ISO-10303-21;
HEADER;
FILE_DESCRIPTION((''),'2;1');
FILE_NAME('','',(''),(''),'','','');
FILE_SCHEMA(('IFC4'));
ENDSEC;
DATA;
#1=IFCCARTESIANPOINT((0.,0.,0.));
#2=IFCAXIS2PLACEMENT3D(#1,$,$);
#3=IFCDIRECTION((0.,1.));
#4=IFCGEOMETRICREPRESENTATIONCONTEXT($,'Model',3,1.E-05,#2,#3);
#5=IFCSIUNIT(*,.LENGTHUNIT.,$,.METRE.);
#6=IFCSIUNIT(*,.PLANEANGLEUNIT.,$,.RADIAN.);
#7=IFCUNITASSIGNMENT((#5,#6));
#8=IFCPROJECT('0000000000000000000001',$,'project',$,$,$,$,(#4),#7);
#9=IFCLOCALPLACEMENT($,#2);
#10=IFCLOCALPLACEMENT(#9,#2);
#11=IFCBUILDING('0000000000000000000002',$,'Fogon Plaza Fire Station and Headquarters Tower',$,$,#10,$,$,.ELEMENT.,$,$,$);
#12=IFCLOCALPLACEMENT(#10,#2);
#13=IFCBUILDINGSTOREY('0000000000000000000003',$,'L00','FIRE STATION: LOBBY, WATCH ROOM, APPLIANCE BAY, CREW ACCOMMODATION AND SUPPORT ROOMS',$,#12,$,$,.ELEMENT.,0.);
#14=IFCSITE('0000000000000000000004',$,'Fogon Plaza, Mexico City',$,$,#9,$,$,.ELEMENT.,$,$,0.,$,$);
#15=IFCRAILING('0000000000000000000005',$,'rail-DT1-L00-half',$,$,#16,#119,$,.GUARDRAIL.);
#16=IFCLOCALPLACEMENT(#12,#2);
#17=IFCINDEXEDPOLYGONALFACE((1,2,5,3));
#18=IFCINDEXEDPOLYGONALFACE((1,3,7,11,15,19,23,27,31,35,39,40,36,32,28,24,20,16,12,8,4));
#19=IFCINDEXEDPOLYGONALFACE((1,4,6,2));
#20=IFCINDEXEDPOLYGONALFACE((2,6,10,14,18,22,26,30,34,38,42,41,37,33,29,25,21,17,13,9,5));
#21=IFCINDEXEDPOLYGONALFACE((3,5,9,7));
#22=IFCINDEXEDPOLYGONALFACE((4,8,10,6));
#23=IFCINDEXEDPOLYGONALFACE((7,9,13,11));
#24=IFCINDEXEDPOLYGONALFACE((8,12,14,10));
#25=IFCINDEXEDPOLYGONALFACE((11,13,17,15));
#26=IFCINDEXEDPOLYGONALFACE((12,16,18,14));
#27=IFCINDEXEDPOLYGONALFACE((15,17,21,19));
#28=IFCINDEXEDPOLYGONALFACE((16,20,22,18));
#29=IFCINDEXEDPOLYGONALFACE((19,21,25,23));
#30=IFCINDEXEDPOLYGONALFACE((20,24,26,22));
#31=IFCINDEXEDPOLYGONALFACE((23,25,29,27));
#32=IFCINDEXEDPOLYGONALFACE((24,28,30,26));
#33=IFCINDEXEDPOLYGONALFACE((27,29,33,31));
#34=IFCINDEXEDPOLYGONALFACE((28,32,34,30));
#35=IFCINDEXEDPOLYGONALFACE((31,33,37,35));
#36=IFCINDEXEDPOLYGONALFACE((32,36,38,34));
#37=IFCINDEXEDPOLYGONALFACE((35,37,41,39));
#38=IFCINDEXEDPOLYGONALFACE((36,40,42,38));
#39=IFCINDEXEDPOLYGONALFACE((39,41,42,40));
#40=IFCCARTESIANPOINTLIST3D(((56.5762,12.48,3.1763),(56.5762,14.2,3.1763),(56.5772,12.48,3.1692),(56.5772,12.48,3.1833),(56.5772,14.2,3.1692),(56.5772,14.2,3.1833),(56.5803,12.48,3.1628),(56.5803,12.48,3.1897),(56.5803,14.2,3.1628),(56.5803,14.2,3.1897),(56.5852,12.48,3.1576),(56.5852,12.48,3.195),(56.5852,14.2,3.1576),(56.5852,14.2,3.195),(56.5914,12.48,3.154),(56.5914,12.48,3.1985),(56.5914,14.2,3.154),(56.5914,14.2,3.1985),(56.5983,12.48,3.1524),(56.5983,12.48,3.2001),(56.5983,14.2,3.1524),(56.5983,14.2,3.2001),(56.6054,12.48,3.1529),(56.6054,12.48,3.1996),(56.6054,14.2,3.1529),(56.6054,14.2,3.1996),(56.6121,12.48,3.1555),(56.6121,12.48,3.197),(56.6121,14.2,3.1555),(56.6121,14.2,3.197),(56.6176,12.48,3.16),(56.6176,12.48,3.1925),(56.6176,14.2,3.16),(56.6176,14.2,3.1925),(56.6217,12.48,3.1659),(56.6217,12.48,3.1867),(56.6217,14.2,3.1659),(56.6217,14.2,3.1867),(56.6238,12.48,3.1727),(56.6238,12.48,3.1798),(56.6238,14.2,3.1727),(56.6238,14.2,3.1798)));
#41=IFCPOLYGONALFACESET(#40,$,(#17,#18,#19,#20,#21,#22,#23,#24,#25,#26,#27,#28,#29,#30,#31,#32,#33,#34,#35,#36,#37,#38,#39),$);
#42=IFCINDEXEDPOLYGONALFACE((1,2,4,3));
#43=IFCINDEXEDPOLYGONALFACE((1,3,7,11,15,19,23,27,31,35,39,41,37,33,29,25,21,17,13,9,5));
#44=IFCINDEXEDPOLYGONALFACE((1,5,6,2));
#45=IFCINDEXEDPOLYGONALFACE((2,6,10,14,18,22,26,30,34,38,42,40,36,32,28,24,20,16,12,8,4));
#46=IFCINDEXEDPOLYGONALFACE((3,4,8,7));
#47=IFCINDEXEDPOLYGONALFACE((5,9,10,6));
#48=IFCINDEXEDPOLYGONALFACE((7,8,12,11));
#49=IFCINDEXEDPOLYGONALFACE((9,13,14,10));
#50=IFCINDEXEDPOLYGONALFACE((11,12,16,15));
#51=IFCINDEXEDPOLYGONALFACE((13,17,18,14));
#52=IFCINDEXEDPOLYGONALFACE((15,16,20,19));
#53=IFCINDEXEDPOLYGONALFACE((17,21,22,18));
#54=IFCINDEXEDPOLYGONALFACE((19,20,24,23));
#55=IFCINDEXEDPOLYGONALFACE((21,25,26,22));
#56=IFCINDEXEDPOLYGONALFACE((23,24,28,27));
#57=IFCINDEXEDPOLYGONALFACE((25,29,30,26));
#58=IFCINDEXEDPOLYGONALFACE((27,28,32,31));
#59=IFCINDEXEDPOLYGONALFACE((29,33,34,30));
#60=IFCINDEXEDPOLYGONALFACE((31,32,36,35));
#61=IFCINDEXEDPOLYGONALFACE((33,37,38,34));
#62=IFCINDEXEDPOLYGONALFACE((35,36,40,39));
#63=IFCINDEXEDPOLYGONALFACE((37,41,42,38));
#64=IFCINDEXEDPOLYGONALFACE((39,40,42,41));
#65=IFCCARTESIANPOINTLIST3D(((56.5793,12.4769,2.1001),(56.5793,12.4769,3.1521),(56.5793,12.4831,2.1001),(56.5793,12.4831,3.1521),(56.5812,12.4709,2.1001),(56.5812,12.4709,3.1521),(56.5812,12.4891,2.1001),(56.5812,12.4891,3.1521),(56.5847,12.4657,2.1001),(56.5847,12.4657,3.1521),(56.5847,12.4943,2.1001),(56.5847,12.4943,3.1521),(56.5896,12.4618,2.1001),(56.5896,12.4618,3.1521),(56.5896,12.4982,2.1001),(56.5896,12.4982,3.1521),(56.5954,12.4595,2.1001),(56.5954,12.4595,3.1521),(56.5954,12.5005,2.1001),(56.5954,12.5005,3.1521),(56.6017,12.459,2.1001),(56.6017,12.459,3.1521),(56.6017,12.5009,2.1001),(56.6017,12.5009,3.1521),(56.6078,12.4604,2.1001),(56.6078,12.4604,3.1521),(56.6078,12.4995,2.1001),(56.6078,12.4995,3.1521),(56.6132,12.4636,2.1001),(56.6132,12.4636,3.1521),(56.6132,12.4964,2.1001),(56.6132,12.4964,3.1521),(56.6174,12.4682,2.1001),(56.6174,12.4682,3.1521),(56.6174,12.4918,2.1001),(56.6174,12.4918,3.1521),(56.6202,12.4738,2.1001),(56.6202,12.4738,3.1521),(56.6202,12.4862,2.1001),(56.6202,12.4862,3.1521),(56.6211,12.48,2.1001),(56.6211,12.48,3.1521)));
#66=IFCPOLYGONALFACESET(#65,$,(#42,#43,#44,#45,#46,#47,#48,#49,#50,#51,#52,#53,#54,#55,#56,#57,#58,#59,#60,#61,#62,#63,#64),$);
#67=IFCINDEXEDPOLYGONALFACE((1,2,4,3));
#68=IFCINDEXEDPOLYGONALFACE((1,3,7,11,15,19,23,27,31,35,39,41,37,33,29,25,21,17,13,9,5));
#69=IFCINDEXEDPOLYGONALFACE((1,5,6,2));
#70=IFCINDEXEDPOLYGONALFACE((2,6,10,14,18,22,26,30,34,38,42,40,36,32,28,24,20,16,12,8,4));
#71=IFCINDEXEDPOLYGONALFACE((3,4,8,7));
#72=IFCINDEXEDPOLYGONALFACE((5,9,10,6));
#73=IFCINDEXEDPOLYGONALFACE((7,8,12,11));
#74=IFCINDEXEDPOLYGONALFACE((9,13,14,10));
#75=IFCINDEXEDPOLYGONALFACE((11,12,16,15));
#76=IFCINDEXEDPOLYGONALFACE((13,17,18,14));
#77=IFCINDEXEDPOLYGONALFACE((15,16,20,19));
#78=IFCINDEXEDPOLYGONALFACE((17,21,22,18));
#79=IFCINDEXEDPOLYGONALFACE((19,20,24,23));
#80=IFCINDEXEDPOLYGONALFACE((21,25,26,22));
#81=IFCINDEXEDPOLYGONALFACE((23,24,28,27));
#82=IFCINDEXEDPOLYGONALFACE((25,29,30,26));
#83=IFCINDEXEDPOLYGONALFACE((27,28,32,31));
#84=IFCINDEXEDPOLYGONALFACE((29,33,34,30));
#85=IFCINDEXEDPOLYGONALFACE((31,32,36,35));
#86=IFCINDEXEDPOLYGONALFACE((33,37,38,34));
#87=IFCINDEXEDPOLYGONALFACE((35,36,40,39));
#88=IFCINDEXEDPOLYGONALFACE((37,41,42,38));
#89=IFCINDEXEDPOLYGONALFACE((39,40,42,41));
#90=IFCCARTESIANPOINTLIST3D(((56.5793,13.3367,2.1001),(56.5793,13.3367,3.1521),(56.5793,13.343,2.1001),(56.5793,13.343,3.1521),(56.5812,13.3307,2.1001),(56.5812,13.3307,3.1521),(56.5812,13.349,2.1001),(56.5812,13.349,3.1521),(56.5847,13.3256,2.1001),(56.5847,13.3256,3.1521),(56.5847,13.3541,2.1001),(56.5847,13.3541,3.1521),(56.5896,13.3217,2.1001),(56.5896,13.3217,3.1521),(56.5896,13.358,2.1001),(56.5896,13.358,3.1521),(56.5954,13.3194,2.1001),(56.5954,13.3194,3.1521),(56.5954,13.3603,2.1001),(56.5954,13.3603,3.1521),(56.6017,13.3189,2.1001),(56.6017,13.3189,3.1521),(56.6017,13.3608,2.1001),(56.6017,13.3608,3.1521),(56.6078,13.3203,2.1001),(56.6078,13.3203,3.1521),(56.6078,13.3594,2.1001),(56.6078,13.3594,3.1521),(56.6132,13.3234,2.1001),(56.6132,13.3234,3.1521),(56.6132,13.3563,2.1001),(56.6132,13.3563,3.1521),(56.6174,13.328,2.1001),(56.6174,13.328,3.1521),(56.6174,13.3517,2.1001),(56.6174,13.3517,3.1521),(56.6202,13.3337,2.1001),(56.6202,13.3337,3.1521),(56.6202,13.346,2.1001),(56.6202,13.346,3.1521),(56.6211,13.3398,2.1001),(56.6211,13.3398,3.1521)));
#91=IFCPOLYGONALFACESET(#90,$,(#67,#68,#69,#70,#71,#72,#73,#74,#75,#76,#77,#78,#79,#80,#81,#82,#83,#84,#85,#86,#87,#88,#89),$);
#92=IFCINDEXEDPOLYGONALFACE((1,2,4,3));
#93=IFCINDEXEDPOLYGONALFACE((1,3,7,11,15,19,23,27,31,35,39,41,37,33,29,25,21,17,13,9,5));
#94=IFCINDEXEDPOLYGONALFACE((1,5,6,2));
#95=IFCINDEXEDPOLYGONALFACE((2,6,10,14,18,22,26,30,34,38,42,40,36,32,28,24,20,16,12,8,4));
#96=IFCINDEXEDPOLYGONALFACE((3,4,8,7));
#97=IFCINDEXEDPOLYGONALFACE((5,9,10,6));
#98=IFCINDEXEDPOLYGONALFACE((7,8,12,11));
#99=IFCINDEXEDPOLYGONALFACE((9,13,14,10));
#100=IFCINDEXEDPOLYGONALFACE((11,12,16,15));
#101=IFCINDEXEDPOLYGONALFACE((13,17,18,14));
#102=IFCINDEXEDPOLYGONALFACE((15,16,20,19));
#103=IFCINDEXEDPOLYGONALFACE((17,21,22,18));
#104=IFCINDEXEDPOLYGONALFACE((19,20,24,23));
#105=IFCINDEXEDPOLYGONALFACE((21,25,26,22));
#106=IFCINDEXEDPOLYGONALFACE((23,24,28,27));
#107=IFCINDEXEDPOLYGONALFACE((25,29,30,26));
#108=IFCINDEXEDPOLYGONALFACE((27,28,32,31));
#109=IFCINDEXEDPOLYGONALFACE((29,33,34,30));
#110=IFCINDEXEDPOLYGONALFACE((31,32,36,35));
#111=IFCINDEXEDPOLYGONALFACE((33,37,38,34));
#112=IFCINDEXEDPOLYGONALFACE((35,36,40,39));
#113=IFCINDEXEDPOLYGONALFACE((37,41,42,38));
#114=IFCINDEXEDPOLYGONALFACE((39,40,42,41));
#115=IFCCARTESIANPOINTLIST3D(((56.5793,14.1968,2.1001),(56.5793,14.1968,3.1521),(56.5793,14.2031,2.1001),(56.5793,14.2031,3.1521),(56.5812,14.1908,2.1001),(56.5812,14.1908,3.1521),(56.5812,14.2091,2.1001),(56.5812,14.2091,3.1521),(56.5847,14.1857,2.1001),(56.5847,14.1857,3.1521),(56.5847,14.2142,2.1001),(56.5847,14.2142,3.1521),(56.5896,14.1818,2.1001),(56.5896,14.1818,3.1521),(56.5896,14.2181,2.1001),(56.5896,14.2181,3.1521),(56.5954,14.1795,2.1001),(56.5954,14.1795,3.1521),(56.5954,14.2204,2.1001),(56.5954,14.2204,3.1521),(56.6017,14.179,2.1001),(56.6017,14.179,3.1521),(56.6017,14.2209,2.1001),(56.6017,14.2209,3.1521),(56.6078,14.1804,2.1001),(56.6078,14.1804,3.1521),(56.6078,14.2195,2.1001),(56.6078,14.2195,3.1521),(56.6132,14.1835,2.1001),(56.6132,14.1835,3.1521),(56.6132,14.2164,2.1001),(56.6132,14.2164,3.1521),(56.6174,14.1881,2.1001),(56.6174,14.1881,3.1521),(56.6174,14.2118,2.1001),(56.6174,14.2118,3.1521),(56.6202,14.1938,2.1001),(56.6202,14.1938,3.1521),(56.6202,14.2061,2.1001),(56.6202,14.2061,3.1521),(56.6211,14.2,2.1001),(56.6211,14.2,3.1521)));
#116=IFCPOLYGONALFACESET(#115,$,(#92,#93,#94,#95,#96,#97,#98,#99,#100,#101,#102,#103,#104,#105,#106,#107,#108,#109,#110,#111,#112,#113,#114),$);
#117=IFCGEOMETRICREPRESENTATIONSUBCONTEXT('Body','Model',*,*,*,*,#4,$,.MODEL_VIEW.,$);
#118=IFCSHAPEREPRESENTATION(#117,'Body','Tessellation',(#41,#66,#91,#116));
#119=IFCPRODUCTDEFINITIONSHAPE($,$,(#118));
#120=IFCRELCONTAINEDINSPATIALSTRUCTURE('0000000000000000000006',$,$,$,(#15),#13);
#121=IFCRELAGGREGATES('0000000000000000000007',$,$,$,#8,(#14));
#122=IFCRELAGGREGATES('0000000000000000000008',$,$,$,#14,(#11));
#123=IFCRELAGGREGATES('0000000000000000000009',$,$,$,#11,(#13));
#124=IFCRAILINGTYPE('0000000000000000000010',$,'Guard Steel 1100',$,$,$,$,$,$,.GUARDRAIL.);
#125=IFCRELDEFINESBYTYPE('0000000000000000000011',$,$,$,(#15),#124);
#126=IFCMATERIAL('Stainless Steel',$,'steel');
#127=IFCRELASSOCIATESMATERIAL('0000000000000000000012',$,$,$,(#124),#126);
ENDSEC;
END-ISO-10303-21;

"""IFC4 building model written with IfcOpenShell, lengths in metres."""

from ifc_helpers import new_model, si_unit, direction, frame, origin, origin_2d, place, context, subcontext, project, spatial, circle, extrude, material, type_object, element, save


model = new_model("IFC4")

# Units and contexts
model_context = context("Model", 3, precision=1e-05, world=origin(), true_north=direction((0.0, 1.0)))
body_context = subcontext(model_context, "Body", "Model", "MODEL_VIEW")
ifc_project = project(units=[si_unit("LENGTHUNIT", "METRE"), si_unit("PLANEANGLEUNIT", "RADIAN")], contexts=[model_context])

# Site, building, storey
site_placement = place(None, origin())
site = spatial("IfcSite", under=ifc_project, at=site_placement, Name="Fogon Plaza, Mexico City", CompositionType="ELEMENT", RefElevation=0.0)
building_placement = place(site_placement, origin())
building = spatial("IfcBuilding", under=site, at=building_placement, Name="Fogon Plaza Fire Station and Headquarters Tower", CompositionType="ELEMENT")
storey_placement = place(building_placement, origin())
storey = spatial("IfcBuildingStorey", under=building, at=storey_placement, Name="L00", Description="FIRE STATION: LOBBY, WATCH ROOM, APPLIANCE BAY, CREW ACCOMMODATION AND SUPPORT ROOMS", CompositionType="ELEMENT", Elevation=0.0)

# Railing
ifc_material_1 = material(Name="Stainless Steel", Category="steel")
railing_type_1 = type_object("IfcRailingType", Name="Guard Steel 1100", PredefinedType="GUARDRAIL", material=ifc_material_1)
railing_1_placement = place(storey_placement, frame((56.6001, 12.48, 2.1001)))
element("IfcRailing", 1, at=railing_1_placement, inside=storey, type_object=railing_type_1, Name="rail-DT1-L00-half", PredefinedType="GUARDRAIL", context=body_context, shape_type="SweptSolid", body=[
    extrude(circle(Radius=0.0239, at=origin_2d()), frame((0.0, 0.0, 1.0762), z_axis=(0.0, 1.0, 0.0), x_axis=(-1.0, 0.0, 0.0)), (0.0, 0.0, 1.0), 1.72),
    extrude(circle(Radius=0.021, at=origin_2d()), origin(), (0.0, 0.0, 1.0), 1.052),
    extrude(circle(Radius=0.021, at=origin_2d()), frame((0.0, 0.8599, 0.0)), (0.0, 0.0, 1.0), 1.052),
    extrude(circle(Radius=0.021, at=origin_2d()), frame((0.0, 1.72, 0.0)), (0.0, 0.0, 1.0), 1.052),
])

save(model, "model.ifc")
